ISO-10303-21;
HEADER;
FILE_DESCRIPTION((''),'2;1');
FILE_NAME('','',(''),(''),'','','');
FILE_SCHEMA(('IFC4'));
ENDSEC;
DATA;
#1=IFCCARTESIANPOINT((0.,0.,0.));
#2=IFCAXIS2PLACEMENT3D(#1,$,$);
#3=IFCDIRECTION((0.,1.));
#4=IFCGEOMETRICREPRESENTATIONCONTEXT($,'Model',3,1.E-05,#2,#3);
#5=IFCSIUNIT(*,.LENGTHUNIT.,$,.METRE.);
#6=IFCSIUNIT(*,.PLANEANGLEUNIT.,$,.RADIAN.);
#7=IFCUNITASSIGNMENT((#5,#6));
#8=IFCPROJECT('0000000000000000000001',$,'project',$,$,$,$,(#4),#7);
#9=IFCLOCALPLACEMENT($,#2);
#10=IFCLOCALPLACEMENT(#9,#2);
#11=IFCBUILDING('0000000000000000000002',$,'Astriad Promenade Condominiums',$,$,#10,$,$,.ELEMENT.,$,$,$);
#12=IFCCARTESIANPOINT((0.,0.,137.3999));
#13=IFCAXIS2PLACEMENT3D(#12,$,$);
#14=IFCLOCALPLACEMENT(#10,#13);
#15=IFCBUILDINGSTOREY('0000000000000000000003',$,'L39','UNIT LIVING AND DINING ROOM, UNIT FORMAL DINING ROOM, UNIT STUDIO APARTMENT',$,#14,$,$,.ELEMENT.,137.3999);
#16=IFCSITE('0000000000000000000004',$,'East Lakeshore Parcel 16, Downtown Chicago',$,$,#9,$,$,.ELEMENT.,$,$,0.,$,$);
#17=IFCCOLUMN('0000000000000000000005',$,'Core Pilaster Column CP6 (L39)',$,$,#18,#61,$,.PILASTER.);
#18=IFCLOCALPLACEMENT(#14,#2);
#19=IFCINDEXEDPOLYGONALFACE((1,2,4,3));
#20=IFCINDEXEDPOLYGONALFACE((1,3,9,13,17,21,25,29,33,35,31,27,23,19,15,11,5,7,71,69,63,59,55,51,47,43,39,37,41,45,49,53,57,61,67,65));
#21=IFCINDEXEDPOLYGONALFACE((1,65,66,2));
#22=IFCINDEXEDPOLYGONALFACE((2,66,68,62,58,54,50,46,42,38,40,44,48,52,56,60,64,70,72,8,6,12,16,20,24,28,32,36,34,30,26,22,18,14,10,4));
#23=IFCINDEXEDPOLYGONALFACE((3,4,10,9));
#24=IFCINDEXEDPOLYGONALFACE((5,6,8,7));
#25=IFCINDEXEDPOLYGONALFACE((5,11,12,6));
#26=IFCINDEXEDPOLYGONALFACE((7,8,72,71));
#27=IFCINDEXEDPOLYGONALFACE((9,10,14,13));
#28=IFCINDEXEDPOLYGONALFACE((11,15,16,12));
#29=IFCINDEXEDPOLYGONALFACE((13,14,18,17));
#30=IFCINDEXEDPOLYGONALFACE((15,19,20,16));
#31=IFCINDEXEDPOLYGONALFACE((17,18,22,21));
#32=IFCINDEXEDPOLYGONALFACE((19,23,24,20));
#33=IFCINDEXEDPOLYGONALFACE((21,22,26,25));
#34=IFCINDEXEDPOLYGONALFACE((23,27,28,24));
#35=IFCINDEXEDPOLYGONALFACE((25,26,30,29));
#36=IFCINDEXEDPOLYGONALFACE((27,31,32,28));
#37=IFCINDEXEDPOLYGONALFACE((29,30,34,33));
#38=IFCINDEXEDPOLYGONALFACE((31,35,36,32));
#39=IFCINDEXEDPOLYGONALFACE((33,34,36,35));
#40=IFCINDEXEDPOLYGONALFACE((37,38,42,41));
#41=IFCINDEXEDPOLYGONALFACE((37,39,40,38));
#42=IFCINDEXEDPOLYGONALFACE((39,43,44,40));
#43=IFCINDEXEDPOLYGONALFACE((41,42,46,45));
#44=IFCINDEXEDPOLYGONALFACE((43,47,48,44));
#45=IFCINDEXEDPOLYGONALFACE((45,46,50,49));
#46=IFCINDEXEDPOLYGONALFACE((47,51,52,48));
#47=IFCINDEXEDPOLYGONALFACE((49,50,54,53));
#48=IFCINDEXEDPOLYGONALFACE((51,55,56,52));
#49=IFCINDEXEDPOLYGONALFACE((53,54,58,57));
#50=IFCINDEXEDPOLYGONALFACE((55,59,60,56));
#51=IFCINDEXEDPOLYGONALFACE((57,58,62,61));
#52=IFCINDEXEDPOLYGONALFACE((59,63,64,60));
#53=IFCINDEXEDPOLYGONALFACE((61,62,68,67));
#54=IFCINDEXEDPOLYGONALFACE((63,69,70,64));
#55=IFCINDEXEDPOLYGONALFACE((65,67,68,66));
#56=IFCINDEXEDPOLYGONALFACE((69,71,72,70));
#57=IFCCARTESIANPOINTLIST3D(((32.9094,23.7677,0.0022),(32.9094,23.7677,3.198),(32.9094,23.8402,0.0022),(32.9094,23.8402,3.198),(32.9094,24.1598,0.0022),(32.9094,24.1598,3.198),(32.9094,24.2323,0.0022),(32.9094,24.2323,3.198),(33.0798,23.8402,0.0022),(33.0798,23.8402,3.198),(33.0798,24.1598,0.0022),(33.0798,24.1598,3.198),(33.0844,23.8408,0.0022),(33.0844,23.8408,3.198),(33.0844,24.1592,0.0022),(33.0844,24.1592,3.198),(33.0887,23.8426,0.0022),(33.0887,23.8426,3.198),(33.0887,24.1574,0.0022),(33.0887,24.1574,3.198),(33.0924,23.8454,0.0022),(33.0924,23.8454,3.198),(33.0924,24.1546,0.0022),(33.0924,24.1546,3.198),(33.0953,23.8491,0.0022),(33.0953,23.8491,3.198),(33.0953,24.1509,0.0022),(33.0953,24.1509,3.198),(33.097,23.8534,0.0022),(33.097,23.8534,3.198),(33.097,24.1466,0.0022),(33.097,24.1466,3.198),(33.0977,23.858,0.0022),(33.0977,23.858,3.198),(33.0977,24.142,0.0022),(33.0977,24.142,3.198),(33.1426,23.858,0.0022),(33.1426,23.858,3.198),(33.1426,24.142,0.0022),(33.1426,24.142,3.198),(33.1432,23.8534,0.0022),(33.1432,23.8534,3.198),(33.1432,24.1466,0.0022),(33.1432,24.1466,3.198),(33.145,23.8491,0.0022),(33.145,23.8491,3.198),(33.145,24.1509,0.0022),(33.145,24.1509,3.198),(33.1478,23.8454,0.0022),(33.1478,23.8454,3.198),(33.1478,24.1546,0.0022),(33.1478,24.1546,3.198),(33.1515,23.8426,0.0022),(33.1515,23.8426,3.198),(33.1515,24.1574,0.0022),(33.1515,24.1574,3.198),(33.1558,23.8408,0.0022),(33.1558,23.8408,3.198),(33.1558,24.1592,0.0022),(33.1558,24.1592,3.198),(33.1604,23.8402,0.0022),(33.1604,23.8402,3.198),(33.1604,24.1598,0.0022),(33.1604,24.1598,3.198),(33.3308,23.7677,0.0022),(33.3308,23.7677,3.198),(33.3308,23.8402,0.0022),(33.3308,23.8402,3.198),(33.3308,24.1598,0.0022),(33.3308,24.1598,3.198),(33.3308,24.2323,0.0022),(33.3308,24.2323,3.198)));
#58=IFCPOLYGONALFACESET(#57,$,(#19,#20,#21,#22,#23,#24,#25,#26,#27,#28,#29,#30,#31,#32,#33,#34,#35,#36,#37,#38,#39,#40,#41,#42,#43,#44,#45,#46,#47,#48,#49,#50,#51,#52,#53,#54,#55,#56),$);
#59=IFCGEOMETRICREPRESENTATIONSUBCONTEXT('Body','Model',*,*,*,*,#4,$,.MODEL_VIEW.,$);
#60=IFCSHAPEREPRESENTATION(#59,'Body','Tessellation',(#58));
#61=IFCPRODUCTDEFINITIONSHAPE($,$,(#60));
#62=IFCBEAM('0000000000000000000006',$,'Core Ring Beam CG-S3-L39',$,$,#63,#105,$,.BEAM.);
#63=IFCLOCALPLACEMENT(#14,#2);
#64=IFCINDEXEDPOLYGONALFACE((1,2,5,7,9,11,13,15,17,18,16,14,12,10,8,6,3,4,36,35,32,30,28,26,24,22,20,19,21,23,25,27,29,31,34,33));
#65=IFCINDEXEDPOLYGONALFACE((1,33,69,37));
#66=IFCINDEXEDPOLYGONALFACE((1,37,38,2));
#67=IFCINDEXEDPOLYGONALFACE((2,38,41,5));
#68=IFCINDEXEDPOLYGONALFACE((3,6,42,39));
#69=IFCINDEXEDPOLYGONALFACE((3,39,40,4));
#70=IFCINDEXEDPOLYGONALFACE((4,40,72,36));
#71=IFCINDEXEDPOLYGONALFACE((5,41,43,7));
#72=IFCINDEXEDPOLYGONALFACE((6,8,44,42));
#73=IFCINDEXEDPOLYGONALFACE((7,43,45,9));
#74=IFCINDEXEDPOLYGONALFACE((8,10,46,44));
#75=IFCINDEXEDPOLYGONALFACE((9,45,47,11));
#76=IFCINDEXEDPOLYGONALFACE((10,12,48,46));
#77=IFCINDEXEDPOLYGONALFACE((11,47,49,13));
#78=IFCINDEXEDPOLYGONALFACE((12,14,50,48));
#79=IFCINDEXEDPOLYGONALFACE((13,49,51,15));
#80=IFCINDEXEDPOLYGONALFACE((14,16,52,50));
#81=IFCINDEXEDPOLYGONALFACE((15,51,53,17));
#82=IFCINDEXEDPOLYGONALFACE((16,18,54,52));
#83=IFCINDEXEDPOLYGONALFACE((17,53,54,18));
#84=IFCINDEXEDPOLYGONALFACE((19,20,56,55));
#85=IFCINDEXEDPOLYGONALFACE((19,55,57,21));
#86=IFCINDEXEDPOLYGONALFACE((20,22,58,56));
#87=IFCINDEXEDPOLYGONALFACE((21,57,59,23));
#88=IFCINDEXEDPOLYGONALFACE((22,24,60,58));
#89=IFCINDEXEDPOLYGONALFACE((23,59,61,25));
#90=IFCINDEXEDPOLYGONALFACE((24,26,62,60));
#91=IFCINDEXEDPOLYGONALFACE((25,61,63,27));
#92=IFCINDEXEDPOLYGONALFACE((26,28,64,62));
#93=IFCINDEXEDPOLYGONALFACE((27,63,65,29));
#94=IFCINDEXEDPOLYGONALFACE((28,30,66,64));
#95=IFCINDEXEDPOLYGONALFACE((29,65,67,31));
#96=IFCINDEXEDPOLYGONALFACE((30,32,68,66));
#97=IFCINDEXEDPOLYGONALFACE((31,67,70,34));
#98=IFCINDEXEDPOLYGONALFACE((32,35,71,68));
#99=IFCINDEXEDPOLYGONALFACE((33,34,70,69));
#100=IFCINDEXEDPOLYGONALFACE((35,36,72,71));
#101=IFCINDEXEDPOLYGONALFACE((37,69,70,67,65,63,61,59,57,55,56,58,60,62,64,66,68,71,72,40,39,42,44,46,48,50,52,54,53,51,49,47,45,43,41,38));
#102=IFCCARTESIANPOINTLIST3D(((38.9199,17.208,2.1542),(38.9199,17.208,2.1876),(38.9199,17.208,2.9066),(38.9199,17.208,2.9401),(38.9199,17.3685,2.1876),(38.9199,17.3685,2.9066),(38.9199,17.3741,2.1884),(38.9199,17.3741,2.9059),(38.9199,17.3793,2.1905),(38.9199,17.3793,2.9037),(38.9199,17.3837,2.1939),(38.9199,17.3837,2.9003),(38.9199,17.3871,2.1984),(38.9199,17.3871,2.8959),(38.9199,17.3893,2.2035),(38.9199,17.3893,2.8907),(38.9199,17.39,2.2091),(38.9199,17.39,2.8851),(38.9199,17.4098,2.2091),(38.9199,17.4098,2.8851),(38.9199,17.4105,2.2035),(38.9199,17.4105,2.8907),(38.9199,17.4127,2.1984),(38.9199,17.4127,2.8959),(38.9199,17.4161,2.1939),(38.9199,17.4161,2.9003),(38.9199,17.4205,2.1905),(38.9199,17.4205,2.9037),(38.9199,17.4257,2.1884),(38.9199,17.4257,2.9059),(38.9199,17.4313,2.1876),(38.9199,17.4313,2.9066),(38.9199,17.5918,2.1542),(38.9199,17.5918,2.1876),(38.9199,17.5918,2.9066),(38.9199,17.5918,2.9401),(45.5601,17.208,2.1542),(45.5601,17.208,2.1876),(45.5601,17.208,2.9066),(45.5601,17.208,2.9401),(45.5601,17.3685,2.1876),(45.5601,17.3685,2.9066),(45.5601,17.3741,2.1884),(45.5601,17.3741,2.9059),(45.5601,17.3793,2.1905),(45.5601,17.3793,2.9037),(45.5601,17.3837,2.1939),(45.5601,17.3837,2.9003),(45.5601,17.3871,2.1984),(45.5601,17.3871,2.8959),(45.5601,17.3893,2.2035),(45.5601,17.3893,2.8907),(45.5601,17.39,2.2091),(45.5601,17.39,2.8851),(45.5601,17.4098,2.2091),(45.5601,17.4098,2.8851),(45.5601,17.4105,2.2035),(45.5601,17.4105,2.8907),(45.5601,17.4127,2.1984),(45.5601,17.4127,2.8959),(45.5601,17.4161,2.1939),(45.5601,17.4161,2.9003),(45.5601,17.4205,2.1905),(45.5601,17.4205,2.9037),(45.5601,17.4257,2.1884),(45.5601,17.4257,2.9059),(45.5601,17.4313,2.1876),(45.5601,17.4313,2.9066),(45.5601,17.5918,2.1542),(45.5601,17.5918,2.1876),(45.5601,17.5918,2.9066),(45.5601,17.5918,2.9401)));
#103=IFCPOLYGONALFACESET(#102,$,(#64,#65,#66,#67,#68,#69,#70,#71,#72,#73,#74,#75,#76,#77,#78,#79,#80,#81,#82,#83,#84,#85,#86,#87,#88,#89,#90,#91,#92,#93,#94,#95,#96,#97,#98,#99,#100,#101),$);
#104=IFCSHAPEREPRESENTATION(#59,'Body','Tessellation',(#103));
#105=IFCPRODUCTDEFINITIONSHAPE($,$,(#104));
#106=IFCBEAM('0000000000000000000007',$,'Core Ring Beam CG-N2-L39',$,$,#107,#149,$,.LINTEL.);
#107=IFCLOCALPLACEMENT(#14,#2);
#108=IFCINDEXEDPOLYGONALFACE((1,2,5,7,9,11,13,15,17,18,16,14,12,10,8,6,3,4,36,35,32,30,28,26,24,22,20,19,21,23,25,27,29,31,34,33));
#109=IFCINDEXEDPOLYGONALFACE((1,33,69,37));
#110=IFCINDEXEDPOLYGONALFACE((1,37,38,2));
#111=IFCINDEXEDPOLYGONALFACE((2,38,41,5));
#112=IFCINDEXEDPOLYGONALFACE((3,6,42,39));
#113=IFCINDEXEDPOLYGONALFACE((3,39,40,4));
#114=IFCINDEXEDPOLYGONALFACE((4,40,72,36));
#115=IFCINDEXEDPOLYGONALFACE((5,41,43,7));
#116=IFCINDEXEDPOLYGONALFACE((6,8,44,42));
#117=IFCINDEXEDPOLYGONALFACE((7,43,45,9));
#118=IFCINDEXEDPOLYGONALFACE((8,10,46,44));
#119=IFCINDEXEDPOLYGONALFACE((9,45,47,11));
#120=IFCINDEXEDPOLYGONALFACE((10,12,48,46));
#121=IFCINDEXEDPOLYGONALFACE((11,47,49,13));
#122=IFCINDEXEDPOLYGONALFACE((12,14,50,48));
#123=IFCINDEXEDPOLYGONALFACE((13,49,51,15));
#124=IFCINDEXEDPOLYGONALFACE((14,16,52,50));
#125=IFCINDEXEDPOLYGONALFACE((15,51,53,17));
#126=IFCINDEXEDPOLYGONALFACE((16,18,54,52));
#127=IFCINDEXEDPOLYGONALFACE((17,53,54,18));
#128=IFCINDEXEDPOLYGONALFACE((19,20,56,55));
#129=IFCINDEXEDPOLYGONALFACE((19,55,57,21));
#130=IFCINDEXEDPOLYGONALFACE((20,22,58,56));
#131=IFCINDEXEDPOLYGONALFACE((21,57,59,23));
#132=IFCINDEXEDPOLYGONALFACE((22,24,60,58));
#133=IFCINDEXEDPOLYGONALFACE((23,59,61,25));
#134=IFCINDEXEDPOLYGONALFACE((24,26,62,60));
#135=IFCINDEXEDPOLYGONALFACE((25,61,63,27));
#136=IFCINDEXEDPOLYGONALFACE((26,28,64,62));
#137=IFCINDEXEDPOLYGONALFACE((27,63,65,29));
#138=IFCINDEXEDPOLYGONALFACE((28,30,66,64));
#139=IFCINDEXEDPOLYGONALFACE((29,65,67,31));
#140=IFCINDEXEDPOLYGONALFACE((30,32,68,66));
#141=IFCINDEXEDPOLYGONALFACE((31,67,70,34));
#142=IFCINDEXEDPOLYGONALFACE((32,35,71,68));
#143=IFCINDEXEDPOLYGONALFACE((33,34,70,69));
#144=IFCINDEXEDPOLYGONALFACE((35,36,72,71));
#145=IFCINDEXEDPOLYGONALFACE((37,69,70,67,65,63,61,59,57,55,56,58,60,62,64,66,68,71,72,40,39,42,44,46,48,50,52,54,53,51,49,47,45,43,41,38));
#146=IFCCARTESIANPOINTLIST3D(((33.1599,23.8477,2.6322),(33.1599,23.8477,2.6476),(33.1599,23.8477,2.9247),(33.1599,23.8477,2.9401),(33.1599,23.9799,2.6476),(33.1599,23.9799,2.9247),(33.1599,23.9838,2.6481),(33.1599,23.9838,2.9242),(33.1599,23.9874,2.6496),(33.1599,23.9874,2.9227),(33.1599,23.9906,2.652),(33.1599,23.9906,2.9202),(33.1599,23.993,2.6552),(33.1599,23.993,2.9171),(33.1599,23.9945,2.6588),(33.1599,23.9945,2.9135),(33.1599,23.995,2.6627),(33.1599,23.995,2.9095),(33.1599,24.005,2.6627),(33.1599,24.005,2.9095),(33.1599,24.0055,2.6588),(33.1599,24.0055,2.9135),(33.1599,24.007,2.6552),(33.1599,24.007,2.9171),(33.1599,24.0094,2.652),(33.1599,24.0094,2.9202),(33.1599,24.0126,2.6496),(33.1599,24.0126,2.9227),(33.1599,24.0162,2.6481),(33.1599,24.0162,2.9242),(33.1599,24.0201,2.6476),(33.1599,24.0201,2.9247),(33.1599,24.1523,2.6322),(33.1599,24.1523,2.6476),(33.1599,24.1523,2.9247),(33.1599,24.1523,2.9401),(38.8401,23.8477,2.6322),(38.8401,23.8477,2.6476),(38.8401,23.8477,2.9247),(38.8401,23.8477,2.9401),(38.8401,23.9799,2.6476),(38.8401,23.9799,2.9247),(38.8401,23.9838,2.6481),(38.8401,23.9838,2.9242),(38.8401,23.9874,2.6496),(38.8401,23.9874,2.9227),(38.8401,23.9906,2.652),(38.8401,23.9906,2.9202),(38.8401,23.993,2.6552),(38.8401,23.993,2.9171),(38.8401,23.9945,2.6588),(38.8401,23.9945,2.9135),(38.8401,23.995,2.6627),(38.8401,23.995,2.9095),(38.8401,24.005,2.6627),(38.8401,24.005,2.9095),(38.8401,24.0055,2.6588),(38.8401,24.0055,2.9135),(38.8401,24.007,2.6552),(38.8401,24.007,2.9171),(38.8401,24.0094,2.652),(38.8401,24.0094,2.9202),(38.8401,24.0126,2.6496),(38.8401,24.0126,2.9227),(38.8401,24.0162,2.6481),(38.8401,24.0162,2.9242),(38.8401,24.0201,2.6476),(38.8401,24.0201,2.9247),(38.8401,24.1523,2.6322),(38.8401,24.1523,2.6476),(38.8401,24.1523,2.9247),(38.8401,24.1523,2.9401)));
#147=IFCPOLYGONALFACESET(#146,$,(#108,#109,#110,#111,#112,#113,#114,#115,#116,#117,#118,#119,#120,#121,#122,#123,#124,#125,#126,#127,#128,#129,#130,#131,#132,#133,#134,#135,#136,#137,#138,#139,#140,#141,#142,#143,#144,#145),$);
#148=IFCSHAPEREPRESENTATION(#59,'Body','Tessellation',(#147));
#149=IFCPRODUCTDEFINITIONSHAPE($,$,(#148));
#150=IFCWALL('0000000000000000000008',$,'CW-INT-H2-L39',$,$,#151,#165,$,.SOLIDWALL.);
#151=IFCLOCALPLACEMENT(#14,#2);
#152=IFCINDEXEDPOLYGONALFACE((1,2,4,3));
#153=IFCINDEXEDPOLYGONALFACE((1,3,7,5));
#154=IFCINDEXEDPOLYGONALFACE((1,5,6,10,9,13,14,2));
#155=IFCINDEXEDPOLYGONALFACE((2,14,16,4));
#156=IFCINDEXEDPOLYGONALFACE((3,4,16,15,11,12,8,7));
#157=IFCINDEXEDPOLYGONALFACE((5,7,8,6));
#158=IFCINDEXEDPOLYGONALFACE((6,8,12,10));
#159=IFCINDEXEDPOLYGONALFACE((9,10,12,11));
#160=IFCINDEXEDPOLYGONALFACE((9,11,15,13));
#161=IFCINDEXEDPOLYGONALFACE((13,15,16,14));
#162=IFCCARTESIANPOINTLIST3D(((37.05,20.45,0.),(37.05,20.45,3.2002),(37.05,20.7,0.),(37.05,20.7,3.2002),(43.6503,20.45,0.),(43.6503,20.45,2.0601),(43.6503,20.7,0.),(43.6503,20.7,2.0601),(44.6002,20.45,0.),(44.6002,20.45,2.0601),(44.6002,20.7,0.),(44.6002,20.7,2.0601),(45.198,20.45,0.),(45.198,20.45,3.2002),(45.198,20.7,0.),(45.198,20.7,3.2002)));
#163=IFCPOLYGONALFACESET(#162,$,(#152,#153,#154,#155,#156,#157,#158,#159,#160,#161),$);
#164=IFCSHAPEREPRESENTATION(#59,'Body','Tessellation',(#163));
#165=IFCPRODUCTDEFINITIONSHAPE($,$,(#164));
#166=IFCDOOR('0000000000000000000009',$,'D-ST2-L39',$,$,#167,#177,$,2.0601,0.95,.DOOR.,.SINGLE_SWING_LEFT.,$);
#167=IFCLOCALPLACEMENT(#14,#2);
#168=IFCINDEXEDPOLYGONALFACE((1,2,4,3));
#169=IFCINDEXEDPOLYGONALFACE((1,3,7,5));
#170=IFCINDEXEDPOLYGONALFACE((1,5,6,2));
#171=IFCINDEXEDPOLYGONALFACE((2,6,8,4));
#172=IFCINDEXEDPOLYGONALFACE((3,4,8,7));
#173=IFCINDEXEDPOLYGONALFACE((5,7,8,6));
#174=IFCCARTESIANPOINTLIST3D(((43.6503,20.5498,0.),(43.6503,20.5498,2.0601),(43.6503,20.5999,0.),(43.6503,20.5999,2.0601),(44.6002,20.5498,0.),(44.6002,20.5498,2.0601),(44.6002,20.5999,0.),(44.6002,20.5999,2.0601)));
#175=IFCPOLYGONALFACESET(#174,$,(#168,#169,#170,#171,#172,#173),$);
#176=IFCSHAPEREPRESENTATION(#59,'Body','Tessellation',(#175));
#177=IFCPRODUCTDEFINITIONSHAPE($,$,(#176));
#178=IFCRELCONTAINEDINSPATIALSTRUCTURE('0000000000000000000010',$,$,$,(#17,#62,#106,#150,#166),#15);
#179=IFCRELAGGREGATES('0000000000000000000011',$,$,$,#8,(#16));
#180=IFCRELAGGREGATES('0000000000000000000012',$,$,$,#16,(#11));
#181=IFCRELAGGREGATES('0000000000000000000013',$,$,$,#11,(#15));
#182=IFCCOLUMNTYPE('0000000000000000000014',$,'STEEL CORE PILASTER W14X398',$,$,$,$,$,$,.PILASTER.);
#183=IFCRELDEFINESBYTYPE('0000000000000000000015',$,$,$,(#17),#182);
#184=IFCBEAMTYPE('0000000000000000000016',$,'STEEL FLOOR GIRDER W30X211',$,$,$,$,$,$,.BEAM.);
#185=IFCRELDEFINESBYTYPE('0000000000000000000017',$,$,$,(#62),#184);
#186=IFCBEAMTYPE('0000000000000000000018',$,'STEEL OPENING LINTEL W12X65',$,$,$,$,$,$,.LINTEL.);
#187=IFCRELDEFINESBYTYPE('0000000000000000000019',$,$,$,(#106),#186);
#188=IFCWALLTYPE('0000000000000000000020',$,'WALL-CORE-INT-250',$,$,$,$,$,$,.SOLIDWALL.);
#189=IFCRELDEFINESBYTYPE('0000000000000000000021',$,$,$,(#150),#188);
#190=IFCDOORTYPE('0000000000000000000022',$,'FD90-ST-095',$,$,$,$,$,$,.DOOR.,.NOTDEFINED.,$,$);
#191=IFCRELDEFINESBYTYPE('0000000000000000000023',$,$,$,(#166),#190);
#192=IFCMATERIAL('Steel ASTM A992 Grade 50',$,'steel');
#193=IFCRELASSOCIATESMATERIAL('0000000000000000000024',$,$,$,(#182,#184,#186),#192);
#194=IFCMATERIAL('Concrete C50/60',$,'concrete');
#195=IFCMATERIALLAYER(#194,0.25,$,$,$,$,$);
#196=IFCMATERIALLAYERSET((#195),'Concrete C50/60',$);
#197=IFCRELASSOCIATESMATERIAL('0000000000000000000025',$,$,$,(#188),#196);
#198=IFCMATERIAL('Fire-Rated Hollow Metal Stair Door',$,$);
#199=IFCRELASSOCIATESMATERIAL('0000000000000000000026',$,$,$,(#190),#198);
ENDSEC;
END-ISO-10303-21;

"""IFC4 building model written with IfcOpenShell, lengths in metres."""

from ifc_helpers import new_model, si_unit, direction, frame, frame_2d, origin, origin_2d, place, context, subcontext, project, spatial, rectangle, i_section, extrude, source, transform, mapped, material, layer, layer_set, material_profile, profile_set, type_object, type_shapes, element, fill, save


model = new_model("IFC4")

# Units and contexts
model_context = context("Model", 3, precision=1e-05, world=origin(), true_north=direction((0.0, 1.0)))
body_context = subcontext(model_context, "Body", "Model", "MODEL_VIEW")
ifc_project = project(units=[si_unit("LENGTHUNIT", "METRE"), si_unit("PLANEANGLEUNIT", "RADIAN")], contexts=[model_context])

# Site, building, storey
site_placement = place(None, origin())
site = spatial("IfcSite", under=ifc_project, at=site_placement, Name="East Lakeshore Parcel 16, Downtown Chicago", CompositionType="ELEMENT", RefElevation=0.0)
building_placement = place(site_placement, origin())
building = spatial("IfcBuilding", under=site, at=building_placement, Name="Astriad Promenade Condominiums", CompositionType="ELEMENT")
storey_placement = place(building_placement, frame((0.0, 0.0, 137.3999)))
storey = spatial("IfcBuildingStorey", under=building, at=storey_placement, Name="L39", Description="UNIT LIVING AND DINING ROOM, UNIT FORMAL DINING ROOM, UNIT STUDIO APARTMENT", CompositionType="ELEMENT", Elevation=137.3999)

# Column
ifc_material_1 = material(Name="Steel ASTM A992 Grade 50", Category="steel")
ifc_material_profile_1 = material_profile(ifc_material_1, i_section(OverallWidth=0.4214, OverallDepth=0.4646, WebThickness=0.0449, FlangeThickness=0.0725, FilletRadius=0.0178, at=origin_2d()), Name="W14X398")
ifc_profile_set_1 = profile_set([ifc_material_profile_1], Name="Steel ASTM A992 Grade 50")
column_type = type_object("IfcColumnType", Name="STEEL CORE PILASTER W14X398", PredefinedType="PILASTER", material=ifc_profile_set_1)
shared_shape_1 = source(origin(), body_context, "Body", "SweptSolid", [
    extrude(i_section(OverallWidth=0.4214, OverallDepth=0.4646, WebThickness=0.0449, FlangeThickness=0.0725, FilletRadius=0.0178, at=origin_2d()), origin(), (0.0, 0.0, 1.0), 3.1958),
])
type_shapes(column_type, [shared_shape_1])
column_placement = place(storey_placement, frame((33.1201, 24.0, 0.0022), z_axis=(0.0, 0.0, 1.0), x_axis=(1.0, 0.0, 0.0)))
element("IfcColumn", 1, at=column_placement, inside=storey, type_object=column_type, Name="Core Pilaster Column CP6 (L39)", PredefinedType="PILASTER", context=body_context, shape_type="MappedRepresentation", body=[
    mapped(shared_shape_1, transform((0.0, 0.0, 0.0), scale=1.0)),
])

# Beams
ifc_material_profile_2 = material_profile(ifc_material_1, i_section(OverallWidth=0.3838, OverallDepth=0.7859, WebThickness=0.0198, FlangeThickness=0.0334, FilletRadius=0.0215, at=origin_2d()), Name="W30X211")
ifc_profile_set_2 = profile_set([ifc_material_profile_2], Name="Steel ASTM A992 Grade 50")
beam_type_1 = type_object("IfcBeamType", Name="STEEL FLOOR GIRDER W30X211", PredefinedType="BEAM", material=ifc_profile_set_2)
shared_shape_2 = source(origin(), body_context, "Body", "SweptSolid", [
    extrude(i_section(OverallWidth=0.3838, OverallDepth=0.7859, WebThickness=0.0198, FlangeThickness=0.0334, FilletRadius=0.0215, at=origin_2d()), origin(), (0.0, 0.0, 1.0), 6.6401),
])
type_shapes(beam_type_1, [shared_shape_2])
beam_1_placement = place(storey_placement, frame((38.9199, 17.3999, 2.5471), z_axis=(1.0, 0.0, 0.0), x_axis=(0.0, 1.0, 0.0)))
element("IfcBeam", 2, at=beam_1_placement, inside=storey, type_object=beam_type_1, Name="Core Ring Beam CG-S3-L39", PredefinedType="BEAM", context=body_context, shape_type="MappedRepresentation", body=[
    mapped(shared_shape_2, transform((0.0, 0.0, 0.0), scale=1.0)),
])
ifc_material_profile_3 = material_profile(ifc_material_1, i_section(OverallWidth=0.3047, OverallDepth=0.3079, WebThickness=0.01, FlangeThickness=0.0154, FilletRadius=0.0151, at=origin_2d()), Name="W12X65")
ifc_profile_set_3 = profile_set([ifc_material_profile_3], Name="Steel ASTM A992 Grade 50")
beam_type_2 = type_object("IfcBeamType", Name="STEEL OPENING LINTEL W12X65", PredefinedType="LINTEL", material=ifc_profile_set_3)
shared_shape_3 = source(origin(), body_context, "Body", "SweptSolid", [
    extrude(i_section(OverallWidth=0.3047, OverallDepth=0.3079, WebThickness=0.01, FlangeThickness=0.0154, FilletRadius=0.0151, at=origin_2d()), origin(), (0.0, 0.0, 1.0), 5.6802),
])
type_shapes(beam_type_2, [shared_shape_3])
beam_2_placement = place(storey_placement, frame((33.1599, 24.0, 2.7861), z_axis=(1.0, 0.0, 0.0), x_axis=(0.0, 1.0, 0.0)))
element("IfcBeam", 3, at=beam_2_placement, inside=storey, type_object=beam_type_2, Name="Core Ring Beam CG-N2-L39", PredefinedType="LINTEL", context=body_context, shape_type="MappedRepresentation", body=[
    mapped(shared_shape_3, transform((0.0, 0.0, 0.0), scale=1.0)),
])

# Wall, opening, door
ifc_material_2 = material(Name="Concrete C50/60", Category="concrete")
ifc_layer_1 = layer(ifc_material_2, 0.25)
ifc_layer_set_1 = layer_set([ifc_layer_1], Name="Concrete C50/60")
wall_type_1 = type_object("IfcWallType", Name="WALL-CORE-INT-250", PredefinedType="SOLIDWALL", material=ifc_layer_set_1)
wall_1_placement = place(storey_placement, frame((37.05, 20.575, 0.0), z_axis=(0.0, 0.0, 1.0), x_axis=(1.0, 0.0, 0.0)))
wall_1 = element("IfcWall", 4, at=wall_1_placement, inside=storey, type_object=wall_type_1, Name="CW-INT-H2-L39", PredefinedType="SOLIDWALL", context=body_context, shape_type="SweptSolid", body=[
    extrude(rectangle(XDim=8.1479, YDim=0.25, at=frame_2d((4.074, 0.0))), origin(), (0.0, 0.0, 1.0), 3.2002),
])
opening_1_placement = place(wall_1_placement, frame((6.6001, 0.0, 0.0)))
opening_1 = element("IfcOpeningElement", 5, at=opening_1_placement, cuts=wall_1, PredefinedType="OPENING", context=body_context, shape_type="SweptSolid", body=[
    extrude(rectangle(XDim=0.95, YDim=2.0601, at=frame_2d((0.4751, 1.03))), frame((0.0, 0.135, 0.0), z_axis=(0.0, -1.0, 0.0), x_axis=(1.0, 0.0, 0.0)), (0.0, 0.0, 1.0), 0.27),
])
ifc_material_3 = material(Name="Fire-Rated Hollow Metal Stair Door")
door_type_1 = type_object("IfcDoorType", Name="FD90-ST-095", OperationType="NOTDEFINED", PredefinedType="DOOR", material=ifc_material_3)
shared_shape_4 = source(origin(), body_context, "Body", "SweptSolid", [
    extrude(rectangle(XDim=0.95, YDim=2.0601, at=frame_2d((0.4751, 1.03))), frame((0.0, 0.0249, 0.0), z_axis=(0.0, -1.0, 0.0), x_axis=(1.0, 0.0, 0.0)), (0.0, 0.0, 1.0), 0.05),
])
type_shapes(door_type_1, [shared_shape_4])
door_1_placement = place(opening_1_placement, origin())
door_1 = element("IfcDoor", 6, at=door_1_placement, inside=storey, type_object=door_type_1, Name="D-ST2-L39", OperationType="SINGLE_SWING_LEFT", OverallHeight=2.0601, OverallWidth=0.95, PredefinedType="DOOR", context=body_context, shape_type="MappedRepresentation", body=[
    mapped(shared_shape_4, transform((0.0, 0.0, 0.0), scale=1.0)),
])
fill(opening_1, door_1)

save(model, "model.ifc")
